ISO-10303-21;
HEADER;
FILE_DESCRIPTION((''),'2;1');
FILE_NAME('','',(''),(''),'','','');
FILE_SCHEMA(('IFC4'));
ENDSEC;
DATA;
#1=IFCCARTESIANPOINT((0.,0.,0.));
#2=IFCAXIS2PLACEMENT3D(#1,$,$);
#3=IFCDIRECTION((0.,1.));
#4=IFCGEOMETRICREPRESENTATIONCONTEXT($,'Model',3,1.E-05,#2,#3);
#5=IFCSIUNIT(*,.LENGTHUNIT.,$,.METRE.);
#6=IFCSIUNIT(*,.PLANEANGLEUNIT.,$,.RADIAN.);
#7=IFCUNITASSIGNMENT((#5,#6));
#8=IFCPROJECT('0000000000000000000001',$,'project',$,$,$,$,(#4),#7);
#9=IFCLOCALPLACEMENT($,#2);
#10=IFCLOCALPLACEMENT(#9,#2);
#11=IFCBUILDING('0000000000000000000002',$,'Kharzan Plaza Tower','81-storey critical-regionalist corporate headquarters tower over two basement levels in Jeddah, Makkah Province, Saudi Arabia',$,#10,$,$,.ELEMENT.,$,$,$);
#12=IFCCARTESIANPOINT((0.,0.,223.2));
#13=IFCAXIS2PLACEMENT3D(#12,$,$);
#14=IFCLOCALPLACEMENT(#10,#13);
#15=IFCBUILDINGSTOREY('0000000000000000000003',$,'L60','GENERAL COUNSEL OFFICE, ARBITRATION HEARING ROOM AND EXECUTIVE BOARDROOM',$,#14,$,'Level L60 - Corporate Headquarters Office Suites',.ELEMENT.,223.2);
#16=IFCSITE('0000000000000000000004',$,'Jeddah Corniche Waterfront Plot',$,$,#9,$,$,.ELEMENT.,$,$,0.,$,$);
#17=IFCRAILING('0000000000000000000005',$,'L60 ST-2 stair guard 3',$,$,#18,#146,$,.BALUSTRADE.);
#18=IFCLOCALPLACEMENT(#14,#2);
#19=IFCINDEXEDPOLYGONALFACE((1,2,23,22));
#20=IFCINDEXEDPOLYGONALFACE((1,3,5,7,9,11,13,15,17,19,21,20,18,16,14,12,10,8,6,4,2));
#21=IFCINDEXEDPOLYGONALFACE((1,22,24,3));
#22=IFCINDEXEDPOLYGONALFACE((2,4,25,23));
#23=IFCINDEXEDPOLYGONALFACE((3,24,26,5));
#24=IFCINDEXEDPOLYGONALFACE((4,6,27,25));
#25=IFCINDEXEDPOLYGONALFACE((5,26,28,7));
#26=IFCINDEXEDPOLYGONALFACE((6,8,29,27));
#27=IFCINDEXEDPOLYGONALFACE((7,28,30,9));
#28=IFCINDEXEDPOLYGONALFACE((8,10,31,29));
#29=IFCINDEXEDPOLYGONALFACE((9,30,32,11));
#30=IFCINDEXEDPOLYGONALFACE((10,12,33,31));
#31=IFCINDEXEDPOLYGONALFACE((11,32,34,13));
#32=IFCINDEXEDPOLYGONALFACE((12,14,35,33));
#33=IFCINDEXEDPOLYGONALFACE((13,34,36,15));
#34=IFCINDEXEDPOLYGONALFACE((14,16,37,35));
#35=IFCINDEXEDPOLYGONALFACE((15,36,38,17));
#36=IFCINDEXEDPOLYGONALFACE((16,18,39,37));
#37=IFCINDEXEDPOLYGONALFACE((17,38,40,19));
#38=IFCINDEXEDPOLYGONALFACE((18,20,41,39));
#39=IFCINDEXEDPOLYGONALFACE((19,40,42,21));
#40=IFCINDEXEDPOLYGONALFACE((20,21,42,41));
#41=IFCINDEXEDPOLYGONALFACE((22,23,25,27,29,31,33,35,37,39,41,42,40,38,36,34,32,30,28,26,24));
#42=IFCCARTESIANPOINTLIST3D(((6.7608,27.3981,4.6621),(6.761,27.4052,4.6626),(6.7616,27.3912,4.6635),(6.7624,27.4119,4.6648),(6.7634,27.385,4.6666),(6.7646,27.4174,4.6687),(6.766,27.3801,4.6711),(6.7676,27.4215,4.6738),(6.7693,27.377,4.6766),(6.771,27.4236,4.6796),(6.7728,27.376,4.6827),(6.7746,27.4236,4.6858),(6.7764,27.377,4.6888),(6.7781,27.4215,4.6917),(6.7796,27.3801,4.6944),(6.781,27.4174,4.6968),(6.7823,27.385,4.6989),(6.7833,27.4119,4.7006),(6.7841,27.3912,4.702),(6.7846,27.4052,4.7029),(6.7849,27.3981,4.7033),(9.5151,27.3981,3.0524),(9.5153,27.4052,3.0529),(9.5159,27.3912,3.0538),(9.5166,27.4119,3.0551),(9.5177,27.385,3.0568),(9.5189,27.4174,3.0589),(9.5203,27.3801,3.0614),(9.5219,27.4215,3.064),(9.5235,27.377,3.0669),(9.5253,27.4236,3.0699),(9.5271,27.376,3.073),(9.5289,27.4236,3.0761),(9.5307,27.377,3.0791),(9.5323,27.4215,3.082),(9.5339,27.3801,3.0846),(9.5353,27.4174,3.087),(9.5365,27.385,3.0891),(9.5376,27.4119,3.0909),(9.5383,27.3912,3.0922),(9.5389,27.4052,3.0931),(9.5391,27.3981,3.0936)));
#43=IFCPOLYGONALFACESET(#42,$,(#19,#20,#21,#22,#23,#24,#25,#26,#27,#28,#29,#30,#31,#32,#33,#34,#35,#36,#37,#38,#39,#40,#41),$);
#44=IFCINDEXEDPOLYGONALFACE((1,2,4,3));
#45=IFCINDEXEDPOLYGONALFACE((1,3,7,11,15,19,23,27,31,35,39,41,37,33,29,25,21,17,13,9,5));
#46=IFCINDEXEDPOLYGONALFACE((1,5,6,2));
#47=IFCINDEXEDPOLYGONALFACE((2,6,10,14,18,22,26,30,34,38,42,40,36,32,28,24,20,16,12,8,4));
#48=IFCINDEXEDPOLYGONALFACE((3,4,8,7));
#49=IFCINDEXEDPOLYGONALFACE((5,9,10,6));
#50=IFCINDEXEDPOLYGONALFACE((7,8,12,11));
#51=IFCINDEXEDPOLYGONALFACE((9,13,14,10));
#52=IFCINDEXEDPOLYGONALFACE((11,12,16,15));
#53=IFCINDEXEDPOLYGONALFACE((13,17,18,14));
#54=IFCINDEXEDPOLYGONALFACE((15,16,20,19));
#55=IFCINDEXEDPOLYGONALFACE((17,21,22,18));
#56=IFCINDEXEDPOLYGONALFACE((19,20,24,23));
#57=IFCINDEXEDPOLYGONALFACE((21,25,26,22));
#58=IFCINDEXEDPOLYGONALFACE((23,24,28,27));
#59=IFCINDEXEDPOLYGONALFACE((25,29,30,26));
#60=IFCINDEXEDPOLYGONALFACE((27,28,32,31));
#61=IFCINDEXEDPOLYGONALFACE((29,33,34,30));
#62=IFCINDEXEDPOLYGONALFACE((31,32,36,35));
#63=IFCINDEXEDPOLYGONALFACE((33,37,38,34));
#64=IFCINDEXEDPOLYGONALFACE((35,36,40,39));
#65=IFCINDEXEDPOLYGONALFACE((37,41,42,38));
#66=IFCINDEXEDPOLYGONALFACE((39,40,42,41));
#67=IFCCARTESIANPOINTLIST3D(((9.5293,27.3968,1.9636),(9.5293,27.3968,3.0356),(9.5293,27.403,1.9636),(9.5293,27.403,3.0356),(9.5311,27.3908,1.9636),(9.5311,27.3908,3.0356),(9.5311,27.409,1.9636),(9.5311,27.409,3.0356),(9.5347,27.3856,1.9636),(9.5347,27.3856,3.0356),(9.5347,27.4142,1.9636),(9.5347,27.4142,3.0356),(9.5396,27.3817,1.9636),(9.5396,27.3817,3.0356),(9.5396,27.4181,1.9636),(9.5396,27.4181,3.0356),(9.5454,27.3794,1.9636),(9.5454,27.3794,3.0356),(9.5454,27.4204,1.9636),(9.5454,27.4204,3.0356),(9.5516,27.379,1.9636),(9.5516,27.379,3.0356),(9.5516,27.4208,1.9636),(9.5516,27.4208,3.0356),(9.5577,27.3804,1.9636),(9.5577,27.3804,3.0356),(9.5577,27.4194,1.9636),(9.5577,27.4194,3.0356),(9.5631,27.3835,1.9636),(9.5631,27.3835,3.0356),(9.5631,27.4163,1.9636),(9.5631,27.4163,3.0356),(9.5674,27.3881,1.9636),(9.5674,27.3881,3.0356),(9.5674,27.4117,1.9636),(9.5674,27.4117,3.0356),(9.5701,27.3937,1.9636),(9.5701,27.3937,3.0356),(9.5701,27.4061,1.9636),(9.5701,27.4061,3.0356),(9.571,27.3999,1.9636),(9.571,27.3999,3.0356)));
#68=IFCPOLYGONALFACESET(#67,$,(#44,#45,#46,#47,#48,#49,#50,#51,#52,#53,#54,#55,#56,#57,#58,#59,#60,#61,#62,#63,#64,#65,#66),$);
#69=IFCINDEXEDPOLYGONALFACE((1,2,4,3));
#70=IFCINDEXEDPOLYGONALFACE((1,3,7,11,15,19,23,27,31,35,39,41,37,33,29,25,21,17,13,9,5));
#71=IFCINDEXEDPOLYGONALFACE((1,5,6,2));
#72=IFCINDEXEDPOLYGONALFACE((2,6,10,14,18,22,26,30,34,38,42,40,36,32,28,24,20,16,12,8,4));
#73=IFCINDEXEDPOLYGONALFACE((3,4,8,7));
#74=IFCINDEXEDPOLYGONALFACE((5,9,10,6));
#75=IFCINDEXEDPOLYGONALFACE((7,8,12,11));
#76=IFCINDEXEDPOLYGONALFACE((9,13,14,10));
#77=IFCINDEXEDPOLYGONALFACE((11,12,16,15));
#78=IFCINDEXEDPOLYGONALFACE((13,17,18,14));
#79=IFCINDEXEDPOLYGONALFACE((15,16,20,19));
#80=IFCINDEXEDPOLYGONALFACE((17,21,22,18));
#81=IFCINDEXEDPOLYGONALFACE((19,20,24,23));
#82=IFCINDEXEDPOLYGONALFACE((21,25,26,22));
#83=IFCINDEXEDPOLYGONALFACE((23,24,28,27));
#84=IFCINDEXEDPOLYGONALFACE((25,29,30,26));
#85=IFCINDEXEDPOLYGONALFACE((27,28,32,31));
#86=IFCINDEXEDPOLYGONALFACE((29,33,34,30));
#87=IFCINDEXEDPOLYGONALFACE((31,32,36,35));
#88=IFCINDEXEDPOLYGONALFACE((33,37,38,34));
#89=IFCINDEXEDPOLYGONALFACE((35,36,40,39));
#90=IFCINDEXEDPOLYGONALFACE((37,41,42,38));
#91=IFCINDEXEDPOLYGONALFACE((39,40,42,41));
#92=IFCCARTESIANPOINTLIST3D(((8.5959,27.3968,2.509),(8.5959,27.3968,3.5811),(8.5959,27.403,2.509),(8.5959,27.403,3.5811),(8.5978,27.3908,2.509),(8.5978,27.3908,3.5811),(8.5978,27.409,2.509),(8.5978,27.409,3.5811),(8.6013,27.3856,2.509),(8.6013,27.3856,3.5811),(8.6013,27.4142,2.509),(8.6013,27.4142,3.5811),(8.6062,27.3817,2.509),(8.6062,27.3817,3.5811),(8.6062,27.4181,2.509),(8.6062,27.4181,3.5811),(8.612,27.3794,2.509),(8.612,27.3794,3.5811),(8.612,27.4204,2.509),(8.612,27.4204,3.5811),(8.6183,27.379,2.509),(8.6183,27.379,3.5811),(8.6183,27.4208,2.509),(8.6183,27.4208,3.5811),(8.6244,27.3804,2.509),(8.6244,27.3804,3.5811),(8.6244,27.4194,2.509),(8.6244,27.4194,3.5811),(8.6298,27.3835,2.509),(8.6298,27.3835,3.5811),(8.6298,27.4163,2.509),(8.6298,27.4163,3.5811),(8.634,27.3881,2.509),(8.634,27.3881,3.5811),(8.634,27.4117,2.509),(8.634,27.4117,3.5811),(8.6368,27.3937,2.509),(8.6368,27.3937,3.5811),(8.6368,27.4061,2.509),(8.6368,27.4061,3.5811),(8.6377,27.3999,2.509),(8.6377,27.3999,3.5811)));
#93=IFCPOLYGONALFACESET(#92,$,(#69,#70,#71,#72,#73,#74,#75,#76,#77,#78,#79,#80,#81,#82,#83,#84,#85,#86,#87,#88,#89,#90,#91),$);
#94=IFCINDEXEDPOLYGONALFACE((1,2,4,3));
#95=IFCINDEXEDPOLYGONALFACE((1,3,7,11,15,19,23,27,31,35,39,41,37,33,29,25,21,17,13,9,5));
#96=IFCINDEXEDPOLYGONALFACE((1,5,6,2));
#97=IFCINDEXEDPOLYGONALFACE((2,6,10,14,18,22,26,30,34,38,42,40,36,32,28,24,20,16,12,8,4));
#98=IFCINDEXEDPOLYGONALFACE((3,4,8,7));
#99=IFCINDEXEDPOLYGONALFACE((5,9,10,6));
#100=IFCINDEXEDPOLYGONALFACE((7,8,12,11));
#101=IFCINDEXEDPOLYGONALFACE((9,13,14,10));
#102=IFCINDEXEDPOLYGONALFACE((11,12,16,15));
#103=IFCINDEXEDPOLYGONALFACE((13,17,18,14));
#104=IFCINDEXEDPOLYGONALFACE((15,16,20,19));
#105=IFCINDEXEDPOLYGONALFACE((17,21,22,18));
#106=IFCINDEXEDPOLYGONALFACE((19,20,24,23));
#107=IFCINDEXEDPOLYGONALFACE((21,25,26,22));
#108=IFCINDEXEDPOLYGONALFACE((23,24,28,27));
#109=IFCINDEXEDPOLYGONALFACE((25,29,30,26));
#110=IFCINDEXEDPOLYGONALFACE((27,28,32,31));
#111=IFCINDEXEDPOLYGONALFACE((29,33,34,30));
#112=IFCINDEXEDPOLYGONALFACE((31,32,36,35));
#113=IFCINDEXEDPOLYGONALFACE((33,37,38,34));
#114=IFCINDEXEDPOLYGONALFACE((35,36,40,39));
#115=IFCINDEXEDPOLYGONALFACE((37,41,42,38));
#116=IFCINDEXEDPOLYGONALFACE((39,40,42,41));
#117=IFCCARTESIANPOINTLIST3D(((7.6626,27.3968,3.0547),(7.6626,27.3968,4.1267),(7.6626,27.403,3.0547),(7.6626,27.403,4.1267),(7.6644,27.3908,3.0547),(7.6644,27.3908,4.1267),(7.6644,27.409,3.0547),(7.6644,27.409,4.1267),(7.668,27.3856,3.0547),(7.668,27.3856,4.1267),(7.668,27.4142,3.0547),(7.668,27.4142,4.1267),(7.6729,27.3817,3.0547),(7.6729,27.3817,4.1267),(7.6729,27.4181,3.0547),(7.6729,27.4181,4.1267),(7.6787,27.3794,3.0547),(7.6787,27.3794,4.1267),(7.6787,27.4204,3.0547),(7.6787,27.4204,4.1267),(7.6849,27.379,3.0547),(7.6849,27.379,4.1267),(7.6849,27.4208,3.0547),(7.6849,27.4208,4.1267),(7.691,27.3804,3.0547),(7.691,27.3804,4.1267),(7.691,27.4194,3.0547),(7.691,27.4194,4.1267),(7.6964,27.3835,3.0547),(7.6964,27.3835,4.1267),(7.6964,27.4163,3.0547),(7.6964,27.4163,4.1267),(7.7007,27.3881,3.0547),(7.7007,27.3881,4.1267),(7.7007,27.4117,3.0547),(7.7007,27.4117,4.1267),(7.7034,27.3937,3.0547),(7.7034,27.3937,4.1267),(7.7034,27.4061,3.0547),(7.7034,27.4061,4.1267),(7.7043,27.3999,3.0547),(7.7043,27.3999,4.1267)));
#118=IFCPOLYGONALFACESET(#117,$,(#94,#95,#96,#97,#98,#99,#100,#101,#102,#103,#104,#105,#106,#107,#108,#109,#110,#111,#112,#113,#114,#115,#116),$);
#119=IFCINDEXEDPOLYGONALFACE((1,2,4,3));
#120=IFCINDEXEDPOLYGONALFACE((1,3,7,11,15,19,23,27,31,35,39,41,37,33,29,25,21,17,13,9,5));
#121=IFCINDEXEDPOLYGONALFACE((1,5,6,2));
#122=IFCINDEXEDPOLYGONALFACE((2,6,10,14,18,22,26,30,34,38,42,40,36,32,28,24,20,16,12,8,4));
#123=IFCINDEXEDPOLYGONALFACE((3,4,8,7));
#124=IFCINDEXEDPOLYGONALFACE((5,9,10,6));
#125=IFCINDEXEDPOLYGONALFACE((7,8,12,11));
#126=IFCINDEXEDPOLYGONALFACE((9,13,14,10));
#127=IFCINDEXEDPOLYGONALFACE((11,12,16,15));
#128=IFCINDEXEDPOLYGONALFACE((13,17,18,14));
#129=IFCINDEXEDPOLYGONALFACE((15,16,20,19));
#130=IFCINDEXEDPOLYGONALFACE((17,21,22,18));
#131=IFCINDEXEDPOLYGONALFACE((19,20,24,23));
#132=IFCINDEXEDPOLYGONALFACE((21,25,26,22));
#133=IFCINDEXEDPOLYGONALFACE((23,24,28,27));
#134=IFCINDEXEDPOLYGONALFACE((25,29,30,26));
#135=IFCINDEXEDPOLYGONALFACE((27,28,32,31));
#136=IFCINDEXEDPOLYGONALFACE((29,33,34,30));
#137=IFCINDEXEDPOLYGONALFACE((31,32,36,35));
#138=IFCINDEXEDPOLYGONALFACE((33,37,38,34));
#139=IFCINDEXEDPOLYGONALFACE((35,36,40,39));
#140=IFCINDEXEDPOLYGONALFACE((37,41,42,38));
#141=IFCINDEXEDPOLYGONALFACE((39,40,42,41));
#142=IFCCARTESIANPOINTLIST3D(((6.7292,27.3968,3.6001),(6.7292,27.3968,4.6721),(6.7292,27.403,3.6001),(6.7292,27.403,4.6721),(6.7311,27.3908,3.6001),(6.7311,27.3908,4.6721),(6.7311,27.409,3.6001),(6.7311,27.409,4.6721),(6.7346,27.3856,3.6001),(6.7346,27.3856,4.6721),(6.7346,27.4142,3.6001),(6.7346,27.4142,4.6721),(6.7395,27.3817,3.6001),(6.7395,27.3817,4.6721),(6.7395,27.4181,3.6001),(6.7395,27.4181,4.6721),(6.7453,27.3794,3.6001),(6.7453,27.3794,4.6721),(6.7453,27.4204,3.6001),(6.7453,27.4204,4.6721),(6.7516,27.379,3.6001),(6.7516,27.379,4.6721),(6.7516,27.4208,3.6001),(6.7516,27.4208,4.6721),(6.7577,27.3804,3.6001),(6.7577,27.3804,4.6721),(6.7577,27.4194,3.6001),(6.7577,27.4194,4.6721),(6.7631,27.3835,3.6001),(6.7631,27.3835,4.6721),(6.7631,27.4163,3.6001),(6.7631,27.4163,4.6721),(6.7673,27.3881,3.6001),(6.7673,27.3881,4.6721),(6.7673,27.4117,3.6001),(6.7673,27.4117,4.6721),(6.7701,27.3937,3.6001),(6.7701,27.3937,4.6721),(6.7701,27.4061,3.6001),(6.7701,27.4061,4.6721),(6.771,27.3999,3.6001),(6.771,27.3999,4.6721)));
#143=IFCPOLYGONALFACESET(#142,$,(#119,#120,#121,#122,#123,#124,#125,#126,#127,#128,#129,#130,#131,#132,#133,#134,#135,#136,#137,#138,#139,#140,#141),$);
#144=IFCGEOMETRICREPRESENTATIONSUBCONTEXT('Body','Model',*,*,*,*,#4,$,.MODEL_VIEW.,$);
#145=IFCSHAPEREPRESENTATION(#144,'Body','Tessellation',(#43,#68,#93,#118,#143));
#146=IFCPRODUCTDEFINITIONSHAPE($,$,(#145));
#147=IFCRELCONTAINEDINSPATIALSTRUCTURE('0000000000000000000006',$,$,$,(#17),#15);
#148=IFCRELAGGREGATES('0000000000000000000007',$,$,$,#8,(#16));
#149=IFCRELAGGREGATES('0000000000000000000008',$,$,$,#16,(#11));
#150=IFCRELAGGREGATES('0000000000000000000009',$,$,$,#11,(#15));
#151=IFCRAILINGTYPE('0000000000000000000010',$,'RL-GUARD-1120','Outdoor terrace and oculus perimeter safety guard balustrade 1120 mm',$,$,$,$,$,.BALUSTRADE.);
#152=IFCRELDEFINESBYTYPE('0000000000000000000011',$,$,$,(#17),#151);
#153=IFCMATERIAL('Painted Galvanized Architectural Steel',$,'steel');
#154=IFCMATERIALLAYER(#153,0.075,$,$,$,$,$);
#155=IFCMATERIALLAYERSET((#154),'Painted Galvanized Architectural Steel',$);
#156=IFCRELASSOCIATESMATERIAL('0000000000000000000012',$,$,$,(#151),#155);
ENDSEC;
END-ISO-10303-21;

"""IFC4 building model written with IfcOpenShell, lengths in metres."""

from ifc_helpers import new_model, si_unit, direction, frame, origin, origin_2d, place, context, subcontext, project, spatial, circle, extrude, source, transform, mapped, material, layer, layer_set, type_object, element, save


model = new_model("IFC4")

# Units and contexts
model_context = context("Model", 3, precision=1e-05, world=origin(), true_north=direction((0.0, 1.0)))
body_context = subcontext(model_context, "Body", "Model", "MODEL_VIEW")
ifc_project = project(units=[si_unit("LENGTHUNIT", "METRE"), si_unit("PLANEANGLEUNIT", "RADIAN")], contexts=[model_context])

# Site, building, storey
site_placement = place(None, origin())
site = spatial("IfcSite", under=ifc_project, at=site_placement, Name="Jeddah Corniche Waterfront Plot", CompositionType="ELEMENT", RefElevation=0.0)
building_placement = place(site_placement, origin())
building = spatial("IfcBuilding", under=site, at=building_placement, Name="Kharzan Plaza Tower", Description="81-storey critical-regionalist corporate headquarters tower over two basement levels in Jeddah, Makkah Province, Saudi Arabia", CompositionType="ELEMENT")
storey_placement = place(building_placement, frame((0.0, 0.0, 223.2)))
storey = spatial("IfcBuildingStorey", under=building, at=storey_placement, Name="L60", Description="GENERAL COUNSEL OFFICE, ARBITRATION HEARING ROOM AND EXECUTIVE BOARDROOM", LongName="Level L60 - Corporate Headquarters Office Suites", CompositionType="ELEMENT", Elevation=223.2)

# Railing
ifc_material_1 = material(Name="Painted Galvanized Architectural Steel", Category="steel")
ifc_layer_1 = layer(ifc_material_1, 0.075)
ifc_layer_set_1 = layer_set([ifc_layer_1], Name="Painted Galvanized Architectural Steel")
railing_type_1 = type_object("IfcRailingType", Name="RL-GUARD-1120", Description="Outdoor terrace and oculus perimeter safety guard balustrade 1120 mm", PredefinedType="BALUSTRADE", material=ifc_layer_set_1)
shared_shape_1 = source(origin(), body_context, "Body", "SweptSolid", [
    extrude(circle(Radius=0.0239, at=origin_2d()), frame((-0.0229, 0.0, 1.1094), z_axis=(-0.863361, 0.0, 0.504587), x_axis=(0.0, -1.0, 0.0)), (0.0, 0.0, 1.0), 3.1902),
    extrude(circle(Radius=0.021, at=origin_2d()), origin(), (0.0, 0.0, 1.0), 1.072),
    extrude(circle(Radius=0.021, at=origin_2d()), frame((-0.9333, 0.0, 0.5454)), (0.0, 0.0, 1.0), 1.072),
    extrude(circle(Radius=0.021, at=origin_2d()), frame((-1.8667, 0.0, 1.0911)), (0.0, 0.0, 1.0), 1.072),
    extrude(circle(Radius=0.021, at=origin_2d()), frame((-2.8, 0.0, 1.6365)), (0.0, 0.0, 1.0), 1.072),
])
railing_1_placement = place(storey_placement, frame((9.55, 27.3999, 1.9636)))
element("IfcRailing", 1, at=railing_1_placement, inside=storey, type_object=railing_type_1, Name="L60 ST-2 stair guard 3", PredefinedType="BALUSTRADE", context=body_context, shape_type="MappedRepresentation", body=[
    mapped(shared_shape_1, transform((0.0, 0.0, 0.0), x_axis=(1.0, 0.0, 0.0), y_axis=(0.0, 1.0, 0.0), z_axis=(0.0, 0.0, 1.0))),
])

save(model, "model.ifc")
